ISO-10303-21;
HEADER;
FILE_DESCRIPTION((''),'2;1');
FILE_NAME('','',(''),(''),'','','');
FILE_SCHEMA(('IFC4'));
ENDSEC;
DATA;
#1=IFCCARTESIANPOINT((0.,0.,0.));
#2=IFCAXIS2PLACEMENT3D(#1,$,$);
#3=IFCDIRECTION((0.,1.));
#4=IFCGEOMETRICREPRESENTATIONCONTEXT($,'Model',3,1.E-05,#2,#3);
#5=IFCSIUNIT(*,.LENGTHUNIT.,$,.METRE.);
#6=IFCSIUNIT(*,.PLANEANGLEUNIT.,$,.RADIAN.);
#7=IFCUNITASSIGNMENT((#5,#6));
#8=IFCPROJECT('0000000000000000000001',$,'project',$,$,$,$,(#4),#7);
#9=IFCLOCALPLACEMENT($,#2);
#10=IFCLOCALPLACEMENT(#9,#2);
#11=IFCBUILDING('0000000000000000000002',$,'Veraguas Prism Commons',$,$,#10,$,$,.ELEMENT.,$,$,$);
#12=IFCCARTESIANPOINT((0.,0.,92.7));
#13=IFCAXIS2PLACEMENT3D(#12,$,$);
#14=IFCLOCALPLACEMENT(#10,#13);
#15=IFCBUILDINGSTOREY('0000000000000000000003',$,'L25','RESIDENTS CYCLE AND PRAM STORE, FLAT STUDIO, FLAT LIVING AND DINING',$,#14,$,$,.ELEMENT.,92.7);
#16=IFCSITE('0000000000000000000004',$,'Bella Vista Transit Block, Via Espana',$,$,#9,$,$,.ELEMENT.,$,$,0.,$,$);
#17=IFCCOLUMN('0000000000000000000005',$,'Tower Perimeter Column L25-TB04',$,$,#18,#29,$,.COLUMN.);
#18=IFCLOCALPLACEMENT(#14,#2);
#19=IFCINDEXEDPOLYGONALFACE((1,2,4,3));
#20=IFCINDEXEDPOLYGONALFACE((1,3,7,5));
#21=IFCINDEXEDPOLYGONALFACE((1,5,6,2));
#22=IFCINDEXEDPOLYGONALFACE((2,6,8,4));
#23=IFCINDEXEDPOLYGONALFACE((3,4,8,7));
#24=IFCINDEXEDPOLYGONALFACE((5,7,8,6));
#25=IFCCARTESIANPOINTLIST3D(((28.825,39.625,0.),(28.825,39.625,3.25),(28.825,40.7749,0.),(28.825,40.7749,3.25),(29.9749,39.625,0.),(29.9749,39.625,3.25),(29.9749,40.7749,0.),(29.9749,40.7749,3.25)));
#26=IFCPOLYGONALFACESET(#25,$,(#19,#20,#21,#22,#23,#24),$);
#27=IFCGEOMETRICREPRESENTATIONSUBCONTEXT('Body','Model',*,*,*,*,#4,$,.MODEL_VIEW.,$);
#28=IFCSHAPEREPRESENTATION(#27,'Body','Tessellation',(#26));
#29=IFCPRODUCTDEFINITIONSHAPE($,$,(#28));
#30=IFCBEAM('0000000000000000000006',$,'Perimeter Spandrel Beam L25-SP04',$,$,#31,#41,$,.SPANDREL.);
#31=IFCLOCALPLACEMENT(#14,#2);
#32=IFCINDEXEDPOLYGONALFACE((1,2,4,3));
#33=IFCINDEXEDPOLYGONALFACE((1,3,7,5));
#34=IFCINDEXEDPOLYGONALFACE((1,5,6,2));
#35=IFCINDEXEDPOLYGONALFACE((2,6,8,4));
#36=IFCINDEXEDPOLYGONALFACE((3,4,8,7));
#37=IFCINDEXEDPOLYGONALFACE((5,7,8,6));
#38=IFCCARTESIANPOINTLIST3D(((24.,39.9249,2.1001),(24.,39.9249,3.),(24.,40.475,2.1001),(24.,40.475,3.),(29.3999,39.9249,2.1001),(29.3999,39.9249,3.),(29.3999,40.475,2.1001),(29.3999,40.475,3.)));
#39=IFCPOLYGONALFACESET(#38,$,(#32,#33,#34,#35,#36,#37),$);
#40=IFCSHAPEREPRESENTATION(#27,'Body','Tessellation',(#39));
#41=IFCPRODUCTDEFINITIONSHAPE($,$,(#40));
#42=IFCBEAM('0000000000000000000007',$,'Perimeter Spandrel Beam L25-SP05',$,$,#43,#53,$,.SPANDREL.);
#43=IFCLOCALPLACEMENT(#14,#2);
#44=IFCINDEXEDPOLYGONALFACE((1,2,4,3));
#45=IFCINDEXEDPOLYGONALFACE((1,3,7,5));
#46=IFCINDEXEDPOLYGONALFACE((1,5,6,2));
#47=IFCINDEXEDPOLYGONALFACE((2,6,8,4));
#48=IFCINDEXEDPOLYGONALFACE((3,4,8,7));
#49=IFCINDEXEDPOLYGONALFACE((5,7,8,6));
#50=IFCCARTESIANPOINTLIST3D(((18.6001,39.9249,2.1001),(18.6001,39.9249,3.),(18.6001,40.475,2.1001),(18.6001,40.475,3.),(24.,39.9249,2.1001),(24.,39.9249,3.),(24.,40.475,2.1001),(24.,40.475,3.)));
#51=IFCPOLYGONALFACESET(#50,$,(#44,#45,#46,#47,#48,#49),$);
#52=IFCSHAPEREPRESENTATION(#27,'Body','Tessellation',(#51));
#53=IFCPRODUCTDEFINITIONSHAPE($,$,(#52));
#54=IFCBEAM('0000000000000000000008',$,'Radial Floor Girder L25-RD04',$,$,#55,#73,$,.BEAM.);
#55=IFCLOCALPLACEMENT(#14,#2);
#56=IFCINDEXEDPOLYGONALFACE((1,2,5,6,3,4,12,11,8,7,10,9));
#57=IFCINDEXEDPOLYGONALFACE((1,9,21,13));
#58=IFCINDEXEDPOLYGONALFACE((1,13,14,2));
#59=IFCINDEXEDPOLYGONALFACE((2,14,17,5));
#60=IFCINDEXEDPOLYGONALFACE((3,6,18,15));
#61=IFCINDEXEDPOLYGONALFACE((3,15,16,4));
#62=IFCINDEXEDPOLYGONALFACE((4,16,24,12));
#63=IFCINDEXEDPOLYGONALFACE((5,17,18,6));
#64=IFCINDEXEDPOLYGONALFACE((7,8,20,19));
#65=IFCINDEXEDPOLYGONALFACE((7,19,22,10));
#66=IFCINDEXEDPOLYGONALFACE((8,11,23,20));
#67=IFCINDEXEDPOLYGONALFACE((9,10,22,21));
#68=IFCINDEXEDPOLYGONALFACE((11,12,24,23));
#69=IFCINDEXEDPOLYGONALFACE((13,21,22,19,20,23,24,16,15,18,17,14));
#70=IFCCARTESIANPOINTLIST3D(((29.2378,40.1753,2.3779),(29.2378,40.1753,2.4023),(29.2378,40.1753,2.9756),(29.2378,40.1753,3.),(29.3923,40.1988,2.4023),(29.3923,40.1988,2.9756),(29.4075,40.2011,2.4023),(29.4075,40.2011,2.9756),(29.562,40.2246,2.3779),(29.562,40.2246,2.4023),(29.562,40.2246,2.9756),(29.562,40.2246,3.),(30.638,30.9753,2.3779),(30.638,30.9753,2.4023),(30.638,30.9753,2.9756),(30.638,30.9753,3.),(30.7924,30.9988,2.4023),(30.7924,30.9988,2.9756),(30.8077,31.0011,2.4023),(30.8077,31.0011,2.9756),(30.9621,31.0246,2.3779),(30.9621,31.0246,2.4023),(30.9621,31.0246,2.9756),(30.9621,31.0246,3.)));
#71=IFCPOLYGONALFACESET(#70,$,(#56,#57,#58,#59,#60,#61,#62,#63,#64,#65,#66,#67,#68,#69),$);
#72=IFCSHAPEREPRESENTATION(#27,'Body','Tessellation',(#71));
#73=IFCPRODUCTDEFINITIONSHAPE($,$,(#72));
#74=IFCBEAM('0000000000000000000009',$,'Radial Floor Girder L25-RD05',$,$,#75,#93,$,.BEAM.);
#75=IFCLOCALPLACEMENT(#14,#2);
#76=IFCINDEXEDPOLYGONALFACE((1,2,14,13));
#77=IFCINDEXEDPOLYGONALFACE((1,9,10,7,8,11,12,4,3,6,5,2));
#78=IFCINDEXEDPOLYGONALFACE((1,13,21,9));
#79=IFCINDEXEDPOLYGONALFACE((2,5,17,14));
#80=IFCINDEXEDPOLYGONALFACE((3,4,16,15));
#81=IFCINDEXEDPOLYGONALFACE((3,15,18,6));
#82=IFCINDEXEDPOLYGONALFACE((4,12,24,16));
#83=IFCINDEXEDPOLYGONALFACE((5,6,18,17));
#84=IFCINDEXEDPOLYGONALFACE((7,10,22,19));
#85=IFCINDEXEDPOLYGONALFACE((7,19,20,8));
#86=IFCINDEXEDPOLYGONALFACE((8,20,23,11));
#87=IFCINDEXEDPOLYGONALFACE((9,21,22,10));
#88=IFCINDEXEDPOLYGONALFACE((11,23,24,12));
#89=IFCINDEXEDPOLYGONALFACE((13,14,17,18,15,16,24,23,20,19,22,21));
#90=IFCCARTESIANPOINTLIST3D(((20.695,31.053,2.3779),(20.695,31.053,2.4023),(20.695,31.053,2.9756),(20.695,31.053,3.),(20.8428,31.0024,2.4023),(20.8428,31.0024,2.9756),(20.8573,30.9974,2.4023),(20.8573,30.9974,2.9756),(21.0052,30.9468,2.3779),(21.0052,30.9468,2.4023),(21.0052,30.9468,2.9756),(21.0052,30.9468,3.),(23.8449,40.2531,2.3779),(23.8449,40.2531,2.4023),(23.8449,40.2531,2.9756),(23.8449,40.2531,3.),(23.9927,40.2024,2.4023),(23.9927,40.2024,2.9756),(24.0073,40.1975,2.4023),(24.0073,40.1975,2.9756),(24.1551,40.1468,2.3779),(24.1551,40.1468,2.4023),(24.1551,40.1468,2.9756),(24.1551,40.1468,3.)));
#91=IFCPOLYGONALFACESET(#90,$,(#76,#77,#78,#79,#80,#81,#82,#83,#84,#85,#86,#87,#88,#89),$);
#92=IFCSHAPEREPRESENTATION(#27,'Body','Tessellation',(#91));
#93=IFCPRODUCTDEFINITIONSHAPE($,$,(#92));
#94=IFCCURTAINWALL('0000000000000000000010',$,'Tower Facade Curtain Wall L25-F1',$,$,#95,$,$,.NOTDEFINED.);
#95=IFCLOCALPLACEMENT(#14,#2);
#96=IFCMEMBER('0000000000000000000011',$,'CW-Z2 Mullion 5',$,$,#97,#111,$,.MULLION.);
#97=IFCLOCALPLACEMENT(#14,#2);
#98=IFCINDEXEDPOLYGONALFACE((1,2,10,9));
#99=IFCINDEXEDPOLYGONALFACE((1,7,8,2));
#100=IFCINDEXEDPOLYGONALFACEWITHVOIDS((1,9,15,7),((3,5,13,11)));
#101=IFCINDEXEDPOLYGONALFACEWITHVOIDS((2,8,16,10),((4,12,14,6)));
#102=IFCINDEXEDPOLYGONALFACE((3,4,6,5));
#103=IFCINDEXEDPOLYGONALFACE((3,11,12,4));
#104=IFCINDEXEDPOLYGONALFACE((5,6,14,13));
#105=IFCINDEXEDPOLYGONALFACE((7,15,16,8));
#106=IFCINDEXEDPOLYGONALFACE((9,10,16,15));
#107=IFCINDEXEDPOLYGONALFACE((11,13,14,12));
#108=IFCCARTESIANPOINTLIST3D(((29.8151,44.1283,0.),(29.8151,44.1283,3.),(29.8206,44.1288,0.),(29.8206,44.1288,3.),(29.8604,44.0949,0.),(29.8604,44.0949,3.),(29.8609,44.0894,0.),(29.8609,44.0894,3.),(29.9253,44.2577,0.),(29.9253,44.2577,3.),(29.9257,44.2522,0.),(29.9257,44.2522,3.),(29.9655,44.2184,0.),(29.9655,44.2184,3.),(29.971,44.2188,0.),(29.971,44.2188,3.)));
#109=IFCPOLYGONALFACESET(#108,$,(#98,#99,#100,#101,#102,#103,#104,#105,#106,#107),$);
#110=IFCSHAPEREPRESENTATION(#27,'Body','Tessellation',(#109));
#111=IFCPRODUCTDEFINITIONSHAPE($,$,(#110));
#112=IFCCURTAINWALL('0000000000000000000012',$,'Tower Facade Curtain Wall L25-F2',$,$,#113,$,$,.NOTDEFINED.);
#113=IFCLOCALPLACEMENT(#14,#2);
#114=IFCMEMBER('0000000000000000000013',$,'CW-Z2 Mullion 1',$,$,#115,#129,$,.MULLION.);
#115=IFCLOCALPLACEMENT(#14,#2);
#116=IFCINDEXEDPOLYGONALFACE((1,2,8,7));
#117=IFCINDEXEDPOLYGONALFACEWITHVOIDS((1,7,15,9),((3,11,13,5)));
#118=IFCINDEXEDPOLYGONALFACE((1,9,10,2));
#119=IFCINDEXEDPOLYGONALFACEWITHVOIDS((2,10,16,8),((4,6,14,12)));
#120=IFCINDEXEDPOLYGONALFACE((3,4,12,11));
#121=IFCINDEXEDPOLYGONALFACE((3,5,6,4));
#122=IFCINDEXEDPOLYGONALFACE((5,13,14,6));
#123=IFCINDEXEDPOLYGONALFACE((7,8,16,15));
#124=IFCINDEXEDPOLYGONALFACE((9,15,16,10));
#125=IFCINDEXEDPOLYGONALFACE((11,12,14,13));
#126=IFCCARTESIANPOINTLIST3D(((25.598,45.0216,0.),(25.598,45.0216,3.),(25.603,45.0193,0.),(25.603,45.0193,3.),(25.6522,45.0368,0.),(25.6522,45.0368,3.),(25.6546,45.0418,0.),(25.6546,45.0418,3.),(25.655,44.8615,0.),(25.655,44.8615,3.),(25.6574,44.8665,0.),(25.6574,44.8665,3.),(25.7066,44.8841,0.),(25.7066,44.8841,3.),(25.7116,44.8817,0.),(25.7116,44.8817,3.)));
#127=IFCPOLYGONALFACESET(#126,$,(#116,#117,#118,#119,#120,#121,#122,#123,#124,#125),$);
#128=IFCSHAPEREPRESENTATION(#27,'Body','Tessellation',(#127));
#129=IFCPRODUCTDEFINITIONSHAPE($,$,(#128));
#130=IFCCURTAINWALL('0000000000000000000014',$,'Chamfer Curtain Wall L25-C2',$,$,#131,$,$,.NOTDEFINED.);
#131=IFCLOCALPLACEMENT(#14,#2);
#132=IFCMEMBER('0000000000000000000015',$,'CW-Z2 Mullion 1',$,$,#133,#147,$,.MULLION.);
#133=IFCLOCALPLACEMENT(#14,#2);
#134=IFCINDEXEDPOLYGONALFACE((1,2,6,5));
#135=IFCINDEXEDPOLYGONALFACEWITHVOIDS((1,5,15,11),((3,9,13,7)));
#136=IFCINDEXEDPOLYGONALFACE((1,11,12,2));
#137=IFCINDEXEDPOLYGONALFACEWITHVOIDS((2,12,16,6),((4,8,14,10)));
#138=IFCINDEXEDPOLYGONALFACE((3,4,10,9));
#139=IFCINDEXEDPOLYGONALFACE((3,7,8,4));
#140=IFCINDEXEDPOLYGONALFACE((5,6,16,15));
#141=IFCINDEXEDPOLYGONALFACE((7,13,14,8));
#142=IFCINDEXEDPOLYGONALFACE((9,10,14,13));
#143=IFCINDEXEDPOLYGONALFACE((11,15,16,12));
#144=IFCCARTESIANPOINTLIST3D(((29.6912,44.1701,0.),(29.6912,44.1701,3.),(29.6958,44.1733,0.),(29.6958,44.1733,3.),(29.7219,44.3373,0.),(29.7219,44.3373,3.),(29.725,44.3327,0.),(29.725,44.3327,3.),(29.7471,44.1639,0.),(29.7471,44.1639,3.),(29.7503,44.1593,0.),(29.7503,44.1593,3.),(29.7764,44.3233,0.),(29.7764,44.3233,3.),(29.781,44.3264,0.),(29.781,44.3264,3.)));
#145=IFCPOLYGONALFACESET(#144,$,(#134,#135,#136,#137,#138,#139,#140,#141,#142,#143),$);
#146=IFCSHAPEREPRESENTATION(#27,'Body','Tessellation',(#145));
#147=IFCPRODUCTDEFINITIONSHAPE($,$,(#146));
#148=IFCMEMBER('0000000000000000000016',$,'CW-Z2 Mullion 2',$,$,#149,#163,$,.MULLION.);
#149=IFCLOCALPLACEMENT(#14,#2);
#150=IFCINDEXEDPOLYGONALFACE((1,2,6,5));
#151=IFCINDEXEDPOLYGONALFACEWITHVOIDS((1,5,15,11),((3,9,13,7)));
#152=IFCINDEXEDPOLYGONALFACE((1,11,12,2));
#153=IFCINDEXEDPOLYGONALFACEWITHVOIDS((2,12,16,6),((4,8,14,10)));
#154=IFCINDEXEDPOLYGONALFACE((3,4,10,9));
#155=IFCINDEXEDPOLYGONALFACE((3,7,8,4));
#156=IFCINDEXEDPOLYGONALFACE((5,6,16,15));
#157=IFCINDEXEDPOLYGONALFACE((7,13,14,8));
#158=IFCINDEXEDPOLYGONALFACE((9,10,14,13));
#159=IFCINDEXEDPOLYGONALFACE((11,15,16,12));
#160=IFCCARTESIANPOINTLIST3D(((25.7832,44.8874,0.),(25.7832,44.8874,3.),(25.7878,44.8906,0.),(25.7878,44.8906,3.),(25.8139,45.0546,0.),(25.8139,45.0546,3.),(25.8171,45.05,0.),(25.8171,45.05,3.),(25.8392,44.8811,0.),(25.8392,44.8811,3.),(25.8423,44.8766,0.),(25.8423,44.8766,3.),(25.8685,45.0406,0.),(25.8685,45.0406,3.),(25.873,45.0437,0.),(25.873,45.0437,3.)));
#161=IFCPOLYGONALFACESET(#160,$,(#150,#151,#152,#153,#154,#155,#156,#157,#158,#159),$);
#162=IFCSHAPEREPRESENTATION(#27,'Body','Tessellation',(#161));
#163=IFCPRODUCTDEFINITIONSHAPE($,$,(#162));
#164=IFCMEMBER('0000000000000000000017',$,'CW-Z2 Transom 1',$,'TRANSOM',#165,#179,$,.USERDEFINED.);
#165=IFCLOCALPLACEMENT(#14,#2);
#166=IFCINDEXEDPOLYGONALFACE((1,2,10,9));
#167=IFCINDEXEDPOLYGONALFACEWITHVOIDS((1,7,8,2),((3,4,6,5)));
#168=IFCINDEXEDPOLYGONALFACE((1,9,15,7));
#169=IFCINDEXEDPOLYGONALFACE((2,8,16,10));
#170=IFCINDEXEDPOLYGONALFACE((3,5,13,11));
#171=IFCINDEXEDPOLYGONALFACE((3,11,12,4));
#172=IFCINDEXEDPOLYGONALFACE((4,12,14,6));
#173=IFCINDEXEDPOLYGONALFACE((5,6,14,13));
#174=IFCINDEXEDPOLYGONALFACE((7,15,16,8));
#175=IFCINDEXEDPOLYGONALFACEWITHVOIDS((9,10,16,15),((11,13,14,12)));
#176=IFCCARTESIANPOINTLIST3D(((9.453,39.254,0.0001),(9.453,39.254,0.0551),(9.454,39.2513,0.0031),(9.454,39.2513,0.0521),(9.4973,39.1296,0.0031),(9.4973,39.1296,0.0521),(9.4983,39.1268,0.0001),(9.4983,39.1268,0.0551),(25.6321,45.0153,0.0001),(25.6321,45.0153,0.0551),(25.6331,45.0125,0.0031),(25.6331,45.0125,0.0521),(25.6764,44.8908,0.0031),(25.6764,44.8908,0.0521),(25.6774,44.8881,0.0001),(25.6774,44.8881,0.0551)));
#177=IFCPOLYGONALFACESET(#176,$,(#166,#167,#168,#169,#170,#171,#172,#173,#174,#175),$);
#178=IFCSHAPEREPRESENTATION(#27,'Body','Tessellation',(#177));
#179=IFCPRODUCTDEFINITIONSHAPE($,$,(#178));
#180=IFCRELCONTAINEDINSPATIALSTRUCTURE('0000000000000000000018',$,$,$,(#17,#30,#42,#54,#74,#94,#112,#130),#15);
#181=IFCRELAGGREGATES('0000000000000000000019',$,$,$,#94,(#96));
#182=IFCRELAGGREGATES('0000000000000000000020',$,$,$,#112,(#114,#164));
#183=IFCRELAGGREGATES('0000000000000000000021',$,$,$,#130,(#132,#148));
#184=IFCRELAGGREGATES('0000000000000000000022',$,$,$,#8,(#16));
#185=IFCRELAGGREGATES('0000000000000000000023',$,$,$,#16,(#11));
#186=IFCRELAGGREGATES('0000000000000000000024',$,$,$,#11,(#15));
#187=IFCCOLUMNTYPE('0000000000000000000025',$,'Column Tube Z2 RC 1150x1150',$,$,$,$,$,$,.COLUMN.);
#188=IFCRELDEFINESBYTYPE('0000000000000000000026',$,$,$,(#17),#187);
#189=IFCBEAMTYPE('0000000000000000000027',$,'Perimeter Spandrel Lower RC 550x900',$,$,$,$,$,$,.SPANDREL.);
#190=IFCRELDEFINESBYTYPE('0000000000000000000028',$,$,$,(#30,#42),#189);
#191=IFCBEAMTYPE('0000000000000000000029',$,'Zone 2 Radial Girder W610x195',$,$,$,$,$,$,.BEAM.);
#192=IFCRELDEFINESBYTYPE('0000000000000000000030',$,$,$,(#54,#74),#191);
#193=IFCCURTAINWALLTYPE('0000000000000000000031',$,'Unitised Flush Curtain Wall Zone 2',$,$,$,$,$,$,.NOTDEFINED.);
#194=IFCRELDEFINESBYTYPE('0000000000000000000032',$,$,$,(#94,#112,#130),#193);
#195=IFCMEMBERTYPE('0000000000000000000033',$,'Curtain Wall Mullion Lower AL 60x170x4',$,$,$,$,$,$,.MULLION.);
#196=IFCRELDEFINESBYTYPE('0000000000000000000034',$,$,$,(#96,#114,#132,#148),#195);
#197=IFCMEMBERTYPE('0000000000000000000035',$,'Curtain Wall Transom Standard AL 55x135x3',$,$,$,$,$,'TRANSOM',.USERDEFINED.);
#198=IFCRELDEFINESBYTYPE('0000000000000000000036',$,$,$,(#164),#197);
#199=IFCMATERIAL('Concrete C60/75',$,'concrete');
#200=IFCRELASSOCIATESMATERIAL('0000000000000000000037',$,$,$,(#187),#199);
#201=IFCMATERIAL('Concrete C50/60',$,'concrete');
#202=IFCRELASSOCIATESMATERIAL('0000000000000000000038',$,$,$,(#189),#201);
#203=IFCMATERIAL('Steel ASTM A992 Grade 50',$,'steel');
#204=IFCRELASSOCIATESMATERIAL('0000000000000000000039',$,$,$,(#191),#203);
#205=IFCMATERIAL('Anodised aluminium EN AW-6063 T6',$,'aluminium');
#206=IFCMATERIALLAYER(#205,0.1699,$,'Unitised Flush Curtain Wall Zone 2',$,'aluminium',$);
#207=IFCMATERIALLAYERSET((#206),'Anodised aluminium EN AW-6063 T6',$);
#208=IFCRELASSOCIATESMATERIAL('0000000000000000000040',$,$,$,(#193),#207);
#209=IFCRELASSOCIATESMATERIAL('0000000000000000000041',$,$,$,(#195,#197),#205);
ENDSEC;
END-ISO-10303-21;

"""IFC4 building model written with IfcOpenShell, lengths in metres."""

from ifc_helpers import new_model, si_unit, direction, frame, origin, origin_2d, place, context, subcontext, project, spatial, rectangle, hollow_rectangle, i_section, extrude, source, transform, mapped, material, layer, layer_set, material_profile, profile_set, type_object, element, aggregate, save


model = new_model("IFC4")

# Units and contexts
model_context = context("Model", 3, precision=1e-05, world=origin(), true_north=direction((0.0, 1.0)))
body_context = subcontext(model_context, "Body", "Model", "MODEL_VIEW")
ifc_project = project(units=[si_unit("LENGTHUNIT", "METRE"), si_unit("PLANEANGLEUNIT", "RADIAN")], contexts=[model_context])

# Site, building, storey
site_placement = place(None, origin())
site = spatial("IfcSite", under=ifc_project, at=site_placement, Name="Bella Vista Transit Block, Via Espana", CompositionType="ELEMENT", RefElevation=0.0)
building_placement = place(site_placement, origin())
building = spatial("IfcBuilding", under=site, at=building_placement, Name="Veraguas Prism Commons", CompositionType="ELEMENT")
storey_placement = place(building_placement, frame((0.0, 0.0, 92.7)))
storey = spatial("IfcBuildingStorey", under=building, at=storey_placement, Name="L25", Description="RESIDENTS CYCLE AND PRAM STORE, FLAT STUDIO, FLAT LIVING AND DINING", CompositionType="ELEMENT", Elevation=92.7)

# Column
ifc_material_1 = material(Name="Concrete C60/75", Category="concrete")
ifc_material_profile_1 = material_profile(ifc_material_1, rectangle(XDim=1.1499, YDim=1.1499, at=origin_2d()), Name="RC1150X1150")
ifc_profile_set_1 = profile_set([ifc_material_profile_1], Name="Concrete C60/75")
column_type = type_object("IfcColumnType", Name="Column Tube Z2 RC 1150x1150", PredefinedType="COLUMN", material=ifc_profile_set_1)
column_placement = place(storey_placement, frame((29.3999, 40.2, 0.0), z_axis=(0.0, 0.0, 1.0), x_axis=(1.0, 0.0, 0.0)))
element("IfcColumn", 1, at=column_placement, inside=storey, type_object=column_type, Name="Tower Perimeter Column L25-TB04", PredefinedType="COLUMN", context=body_context, shape_type="SweptSolid", body=[
    extrude(rectangle(XDim=1.1499, YDim=1.1499, at=origin_2d()), origin(), (0.0, 0.0, 1.0), 3.25),
])

# Beams
ifc_material_2 = material(Name="Concrete C50/60", Category="concrete")
ifc_material_profile_2 = material_profile(ifc_material_2, rectangle(XDim=0.55, YDim=0.8999, at=origin_2d()), Name="RC550X900")
ifc_profile_set_2 = profile_set([ifc_material_profile_2], Name="Concrete C50/60")
beam_type_1 = type_object("IfcBeamType", Name="Perimeter Spandrel Lower RC 550x900", PredefinedType="SPANDREL", material=ifc_profile_set_2)
for number, where, z_axis, x_axis, name in (
    (2, (29.3999, 40.2, 2.55), (-1.0, 0.0, 0.0), (0.0, -1.0, 0.0), "Perimeter Spandrel Beam L25-SP04"),
    (3, (24.0, 40.2, 2.55), (-1.0, 0.0, 0.0), (0.0, -1.0, 0.0), "Perimeter Spandrel Beam L25-SP05"),
):
    element("IfcBeam", number, at=place(storey_placement, frame(where, z_axis=z_axis, x_axis=x_axis)), inside=storey, type_object=beam_type_1, Name=name, PredefinedType="SPANDREL", context=body_context, shape_type="SweptSolid", body=[
        extrude(rectangle(XDim=0.55, YDim=0.8999, at=origin_2d()), origin(), (0.0, 0.0, 1.0), 5.3999),
    ])
ifc_material_3 = material(Name="Steel ASTM A992 Grade 50", Category="steel")
ifc_material_profile_3 = material_profile(ifc_material_3, i_section(OverallWidth=0.3279, OverallDepth=0.6221, WebThickness=0.0154, FlangeThickness=0.0244, at=origin_2d()), Name="W610X195")
ifc_profile_set_3 = profile_set([ifc_material_profile_3], Name="Steel ASTM A992 Grade 50")
beam_type_2 = type_object("IfcBeamType", Name="Zone 2 Radial Girder W610x195", PredefinedType="BEAM", material=ifc_profile_set_3)
beam_1_placement = place(storey_placement, frame((29.3999, 40.2, 2.689), z_axis=(0.150458, -0.988616, 0.0), x_axis=(0.988616, 0.150458, 0.0)))
element("IfcBeam", 4, at=beam_1_placement, inside=storey, type_object=beam_type_2, Name="Radial Floor Girder L25-RD04", PredefinedType="BEAM", context=body_context, shape_type="SweptSolid", body=[
    extrude(i_section(OverallWidth=0.3279, OverallDepth=0.6221, WebThickness=0.0154, FlangeThickness=0.0244, at=origin_2d()), origin(), (0.0, 0.0, 1.0), 9.3059),
])
beam_2_placement = place(storey_placement, frame((24.0, 40.2, 2.689), z_axis=(-0.323922, -0.946084, 0.0), x_axis=(0.946084, -0.323922, 0.0)))
element("IfcBeam", 5, at=beam_2_placement, inside=storey, type_object=beam_type_2, Name="Radial Floor Girder L25-RD05", PredefinedType="BEAM", context=body_context, shape_type="SweptSolid", body=[
    extrude(i_section(OverallWidth=0.3279, OverallDepth=0.6221, WebThickness=0.0154, FlangeThickness=0.0244, at=origin_2d()), origin(), (0.0, 0.0, 1.0), 9.7244),
])

# Curtain walls, members
ifc_material_4 = material(Name="Anodised aluminium EN AW-6063 T6", Category="aluminium")
ifc_layer_1 = layer(ifc_material_4, 0.1699, Name="Unitised Flush Curtain Wall Zone 2", Category="aluminium")
ifc_layer_set_1 = layer_set([ifc_layer_1], Name="Anodised aluminium EN AW-6063 T6")
curtain_wall_type = type_object("IfcCurtainWallType", Name="Unitised Flush Curtain Wall Zone 2", PredefinedType="NOTDEFINED", material=ifc_layer_set_1)
curtain_wall_1_placement = place(storey_placement, origin())
curtain_wall_1 = element("IfcCurtainWall", 6, at=curtain_wall_1_placement, inside=storey, type_object=curtain_wall_type, Name="Tower Facade Curtain Wall L25-F1", PredefinedType="NOTDEFINED")
ifc_material_profile_4 = material_profile(ifc_material_4, hollow_rectangle(XDim=0.0601, YDim=0.1699, WallThickness=0.0039, at=origin_2d()), Name="AL60X170X4")
ifc_profile_set_4 = profile_set([ifc_material_profile_4], Name="Anodised aluminium EN AW-6063 T6")
member_type_1 = type_object("IfcMemberType", Name="Curtain Wall Mullion Lower AL 60x170x4", PredefinedType="MULLION", material=ifc_profile_set_4)
shared_shape_1 = source(origin(), body_context, "Body", "SweptSolid", [
    extrude(hollow_rectangle(XDim=0.0601, YDim=0.1699, WallThickness=0.0039, at=origin_2d()), origin(), (0.0, 0.0, 1.0), 3.0),
])
member_1_placement = place(storey_placement, frame((29.8931, 44.1736, 0.0), z_axis=(0.0, 0.0, 1.0), x_axis=(-0.761541, 0.648117, 0.0)))
member_1 = element("IfcMember", 7, at=member_1_placement, type_object=member_type_1, Name="CW-Z2 Mullion 5", PredefinedType="MULLION", context=body_context, shape_type="MappedRepresentation", body=[
    mapped(shared_shape_1, transform((0.0, 0.0, 0.0), scale=1.0)),
])
aggregate(curtain_wall_1, [member_1])
curtain_wall_2_placement = place(storey_placement, origin())
curtain_wall_2 = element("IfcCurtainWall", 8, at=curtain_wall_2_placement, inside=storey, type_object=curtain_wall_type, Name="Tower Facade Curtain Wall L25-F2", PredefinedType="NOTDEFINED")
member_2_placement = place(storey_placement, frame((25.6548, 44.9517, 0.0), z_axis=(0.0, 0.0, 1.0), x_axis=(-0.942056, -0.335457, 0.0)))
member_2 = element("IfcMember", 9, at=member_2_placement, type_object=member_type_1, Name="CW-Z2 Mullion 1", PredefinedType="MULLION", context=body_context, shape_type="MappedRepresentation", body=[
    mapped(shared_shape_1, transform((0.0, 0.0, 0.0), scale=1.0)),
])

# Curtain wall, members
curtain_wall_3_placement = place(storey_placement, origin())
curtain_wall_3 = element("IfcCurtainWall", 10, at=curtain_wall_3_placement, inside=storey, type_object=curtain_wall_type, Name="Chamfer Curtain Wall L25-C2", PredefinedType="NOTDEFINED")
member_3_placement = place(storey_placement, frame((29.7361, 44.2483, 0.0), z_axis=(0.0, 0.0, 1.0), x_axis=(-0.983565, 0.180552, 0.0)))
member_3 = element("IfcMember", 11, at=member_3_placement, type_object=member_type_1, Name="CW-Z2 Mullion 1", PredefinedType="MULLION", context=body_context, shape_type="MappedRepresentation", body=[
    mapped(shared_shape_1, transform((0.0, 0.0, 0.0), scale=1.0)),
])
member_4_placement = place(storey_placement, frame((25.8281, 44.9656, 0.0), z_axis=(0.0, 0.0, 1.0), x_axis=(-0.983565, 0.180552, 0.0)))
member_4 = element("IfcMember", 12, at=member_4_placement, type_object=member_type_1, Name="CW-Z2 Mullion 2", PredefinedType="MULLION", context=body_context, shape_type="MappedRepresentation", body=[
    mapped(shared_shape_1, transform((0.0, 0.0, 0.0), scale=1.0)),
])

# Member
ifc_material_profile_5 = material_profile(ifc_material_4, hollow_rectangle(XDim=0.0549, YDim=0.135, WallThickness=0.0029, at=origin_2d()), Name="AL55X135X3")
ifc_profile_set_5 = profile_set([ifc_material_profile_5], Name="Anodised aluminium EN AW-6063 T6")
member_type_2 = type_object("IfcMemberType", Name="Curtain Wall Transom Standard AL 55x135x3", ElementType="TRANSOM", PredefinedType="USERDEFINED", material=ifc_profile_set_5)
shared_shape_2 = source(origin(), body_context, "Body", "SweptSolid", [
    extrude(hollow_rectangle(XDim=0.0549, YDim=0.135, WallThickness=0.0029, at=origin_2d()), origin(), (0.0, 0.0, 1.0), 17.1743),
])
member_5_placement = place(storey_placement, frame((25.6548, 44.9517, 0.0276), z_axis=(-0.942056, -0.335456, 0.0), x_axis=(0.0, 0.0, 1.0)))
member_5 = element("IfcMember", 13, at=member_5_placement, type_object=member_type_2, Name="CW-Z2 Transom 1", ObjectType="TRANSOM", PredefinedType="USERDEFINED", context=body_context, shape_type="MappedRepresentation", body=[
    mapped(shared_shape_2, transform((0.0, 0.0, 0.0), scale=1.0)),
])
aggregate(curtain_wall_2, [member_2, member_5])

aggregate(curtain_wall_3, [member_3, member_4])

save(model, "model.ifc")
